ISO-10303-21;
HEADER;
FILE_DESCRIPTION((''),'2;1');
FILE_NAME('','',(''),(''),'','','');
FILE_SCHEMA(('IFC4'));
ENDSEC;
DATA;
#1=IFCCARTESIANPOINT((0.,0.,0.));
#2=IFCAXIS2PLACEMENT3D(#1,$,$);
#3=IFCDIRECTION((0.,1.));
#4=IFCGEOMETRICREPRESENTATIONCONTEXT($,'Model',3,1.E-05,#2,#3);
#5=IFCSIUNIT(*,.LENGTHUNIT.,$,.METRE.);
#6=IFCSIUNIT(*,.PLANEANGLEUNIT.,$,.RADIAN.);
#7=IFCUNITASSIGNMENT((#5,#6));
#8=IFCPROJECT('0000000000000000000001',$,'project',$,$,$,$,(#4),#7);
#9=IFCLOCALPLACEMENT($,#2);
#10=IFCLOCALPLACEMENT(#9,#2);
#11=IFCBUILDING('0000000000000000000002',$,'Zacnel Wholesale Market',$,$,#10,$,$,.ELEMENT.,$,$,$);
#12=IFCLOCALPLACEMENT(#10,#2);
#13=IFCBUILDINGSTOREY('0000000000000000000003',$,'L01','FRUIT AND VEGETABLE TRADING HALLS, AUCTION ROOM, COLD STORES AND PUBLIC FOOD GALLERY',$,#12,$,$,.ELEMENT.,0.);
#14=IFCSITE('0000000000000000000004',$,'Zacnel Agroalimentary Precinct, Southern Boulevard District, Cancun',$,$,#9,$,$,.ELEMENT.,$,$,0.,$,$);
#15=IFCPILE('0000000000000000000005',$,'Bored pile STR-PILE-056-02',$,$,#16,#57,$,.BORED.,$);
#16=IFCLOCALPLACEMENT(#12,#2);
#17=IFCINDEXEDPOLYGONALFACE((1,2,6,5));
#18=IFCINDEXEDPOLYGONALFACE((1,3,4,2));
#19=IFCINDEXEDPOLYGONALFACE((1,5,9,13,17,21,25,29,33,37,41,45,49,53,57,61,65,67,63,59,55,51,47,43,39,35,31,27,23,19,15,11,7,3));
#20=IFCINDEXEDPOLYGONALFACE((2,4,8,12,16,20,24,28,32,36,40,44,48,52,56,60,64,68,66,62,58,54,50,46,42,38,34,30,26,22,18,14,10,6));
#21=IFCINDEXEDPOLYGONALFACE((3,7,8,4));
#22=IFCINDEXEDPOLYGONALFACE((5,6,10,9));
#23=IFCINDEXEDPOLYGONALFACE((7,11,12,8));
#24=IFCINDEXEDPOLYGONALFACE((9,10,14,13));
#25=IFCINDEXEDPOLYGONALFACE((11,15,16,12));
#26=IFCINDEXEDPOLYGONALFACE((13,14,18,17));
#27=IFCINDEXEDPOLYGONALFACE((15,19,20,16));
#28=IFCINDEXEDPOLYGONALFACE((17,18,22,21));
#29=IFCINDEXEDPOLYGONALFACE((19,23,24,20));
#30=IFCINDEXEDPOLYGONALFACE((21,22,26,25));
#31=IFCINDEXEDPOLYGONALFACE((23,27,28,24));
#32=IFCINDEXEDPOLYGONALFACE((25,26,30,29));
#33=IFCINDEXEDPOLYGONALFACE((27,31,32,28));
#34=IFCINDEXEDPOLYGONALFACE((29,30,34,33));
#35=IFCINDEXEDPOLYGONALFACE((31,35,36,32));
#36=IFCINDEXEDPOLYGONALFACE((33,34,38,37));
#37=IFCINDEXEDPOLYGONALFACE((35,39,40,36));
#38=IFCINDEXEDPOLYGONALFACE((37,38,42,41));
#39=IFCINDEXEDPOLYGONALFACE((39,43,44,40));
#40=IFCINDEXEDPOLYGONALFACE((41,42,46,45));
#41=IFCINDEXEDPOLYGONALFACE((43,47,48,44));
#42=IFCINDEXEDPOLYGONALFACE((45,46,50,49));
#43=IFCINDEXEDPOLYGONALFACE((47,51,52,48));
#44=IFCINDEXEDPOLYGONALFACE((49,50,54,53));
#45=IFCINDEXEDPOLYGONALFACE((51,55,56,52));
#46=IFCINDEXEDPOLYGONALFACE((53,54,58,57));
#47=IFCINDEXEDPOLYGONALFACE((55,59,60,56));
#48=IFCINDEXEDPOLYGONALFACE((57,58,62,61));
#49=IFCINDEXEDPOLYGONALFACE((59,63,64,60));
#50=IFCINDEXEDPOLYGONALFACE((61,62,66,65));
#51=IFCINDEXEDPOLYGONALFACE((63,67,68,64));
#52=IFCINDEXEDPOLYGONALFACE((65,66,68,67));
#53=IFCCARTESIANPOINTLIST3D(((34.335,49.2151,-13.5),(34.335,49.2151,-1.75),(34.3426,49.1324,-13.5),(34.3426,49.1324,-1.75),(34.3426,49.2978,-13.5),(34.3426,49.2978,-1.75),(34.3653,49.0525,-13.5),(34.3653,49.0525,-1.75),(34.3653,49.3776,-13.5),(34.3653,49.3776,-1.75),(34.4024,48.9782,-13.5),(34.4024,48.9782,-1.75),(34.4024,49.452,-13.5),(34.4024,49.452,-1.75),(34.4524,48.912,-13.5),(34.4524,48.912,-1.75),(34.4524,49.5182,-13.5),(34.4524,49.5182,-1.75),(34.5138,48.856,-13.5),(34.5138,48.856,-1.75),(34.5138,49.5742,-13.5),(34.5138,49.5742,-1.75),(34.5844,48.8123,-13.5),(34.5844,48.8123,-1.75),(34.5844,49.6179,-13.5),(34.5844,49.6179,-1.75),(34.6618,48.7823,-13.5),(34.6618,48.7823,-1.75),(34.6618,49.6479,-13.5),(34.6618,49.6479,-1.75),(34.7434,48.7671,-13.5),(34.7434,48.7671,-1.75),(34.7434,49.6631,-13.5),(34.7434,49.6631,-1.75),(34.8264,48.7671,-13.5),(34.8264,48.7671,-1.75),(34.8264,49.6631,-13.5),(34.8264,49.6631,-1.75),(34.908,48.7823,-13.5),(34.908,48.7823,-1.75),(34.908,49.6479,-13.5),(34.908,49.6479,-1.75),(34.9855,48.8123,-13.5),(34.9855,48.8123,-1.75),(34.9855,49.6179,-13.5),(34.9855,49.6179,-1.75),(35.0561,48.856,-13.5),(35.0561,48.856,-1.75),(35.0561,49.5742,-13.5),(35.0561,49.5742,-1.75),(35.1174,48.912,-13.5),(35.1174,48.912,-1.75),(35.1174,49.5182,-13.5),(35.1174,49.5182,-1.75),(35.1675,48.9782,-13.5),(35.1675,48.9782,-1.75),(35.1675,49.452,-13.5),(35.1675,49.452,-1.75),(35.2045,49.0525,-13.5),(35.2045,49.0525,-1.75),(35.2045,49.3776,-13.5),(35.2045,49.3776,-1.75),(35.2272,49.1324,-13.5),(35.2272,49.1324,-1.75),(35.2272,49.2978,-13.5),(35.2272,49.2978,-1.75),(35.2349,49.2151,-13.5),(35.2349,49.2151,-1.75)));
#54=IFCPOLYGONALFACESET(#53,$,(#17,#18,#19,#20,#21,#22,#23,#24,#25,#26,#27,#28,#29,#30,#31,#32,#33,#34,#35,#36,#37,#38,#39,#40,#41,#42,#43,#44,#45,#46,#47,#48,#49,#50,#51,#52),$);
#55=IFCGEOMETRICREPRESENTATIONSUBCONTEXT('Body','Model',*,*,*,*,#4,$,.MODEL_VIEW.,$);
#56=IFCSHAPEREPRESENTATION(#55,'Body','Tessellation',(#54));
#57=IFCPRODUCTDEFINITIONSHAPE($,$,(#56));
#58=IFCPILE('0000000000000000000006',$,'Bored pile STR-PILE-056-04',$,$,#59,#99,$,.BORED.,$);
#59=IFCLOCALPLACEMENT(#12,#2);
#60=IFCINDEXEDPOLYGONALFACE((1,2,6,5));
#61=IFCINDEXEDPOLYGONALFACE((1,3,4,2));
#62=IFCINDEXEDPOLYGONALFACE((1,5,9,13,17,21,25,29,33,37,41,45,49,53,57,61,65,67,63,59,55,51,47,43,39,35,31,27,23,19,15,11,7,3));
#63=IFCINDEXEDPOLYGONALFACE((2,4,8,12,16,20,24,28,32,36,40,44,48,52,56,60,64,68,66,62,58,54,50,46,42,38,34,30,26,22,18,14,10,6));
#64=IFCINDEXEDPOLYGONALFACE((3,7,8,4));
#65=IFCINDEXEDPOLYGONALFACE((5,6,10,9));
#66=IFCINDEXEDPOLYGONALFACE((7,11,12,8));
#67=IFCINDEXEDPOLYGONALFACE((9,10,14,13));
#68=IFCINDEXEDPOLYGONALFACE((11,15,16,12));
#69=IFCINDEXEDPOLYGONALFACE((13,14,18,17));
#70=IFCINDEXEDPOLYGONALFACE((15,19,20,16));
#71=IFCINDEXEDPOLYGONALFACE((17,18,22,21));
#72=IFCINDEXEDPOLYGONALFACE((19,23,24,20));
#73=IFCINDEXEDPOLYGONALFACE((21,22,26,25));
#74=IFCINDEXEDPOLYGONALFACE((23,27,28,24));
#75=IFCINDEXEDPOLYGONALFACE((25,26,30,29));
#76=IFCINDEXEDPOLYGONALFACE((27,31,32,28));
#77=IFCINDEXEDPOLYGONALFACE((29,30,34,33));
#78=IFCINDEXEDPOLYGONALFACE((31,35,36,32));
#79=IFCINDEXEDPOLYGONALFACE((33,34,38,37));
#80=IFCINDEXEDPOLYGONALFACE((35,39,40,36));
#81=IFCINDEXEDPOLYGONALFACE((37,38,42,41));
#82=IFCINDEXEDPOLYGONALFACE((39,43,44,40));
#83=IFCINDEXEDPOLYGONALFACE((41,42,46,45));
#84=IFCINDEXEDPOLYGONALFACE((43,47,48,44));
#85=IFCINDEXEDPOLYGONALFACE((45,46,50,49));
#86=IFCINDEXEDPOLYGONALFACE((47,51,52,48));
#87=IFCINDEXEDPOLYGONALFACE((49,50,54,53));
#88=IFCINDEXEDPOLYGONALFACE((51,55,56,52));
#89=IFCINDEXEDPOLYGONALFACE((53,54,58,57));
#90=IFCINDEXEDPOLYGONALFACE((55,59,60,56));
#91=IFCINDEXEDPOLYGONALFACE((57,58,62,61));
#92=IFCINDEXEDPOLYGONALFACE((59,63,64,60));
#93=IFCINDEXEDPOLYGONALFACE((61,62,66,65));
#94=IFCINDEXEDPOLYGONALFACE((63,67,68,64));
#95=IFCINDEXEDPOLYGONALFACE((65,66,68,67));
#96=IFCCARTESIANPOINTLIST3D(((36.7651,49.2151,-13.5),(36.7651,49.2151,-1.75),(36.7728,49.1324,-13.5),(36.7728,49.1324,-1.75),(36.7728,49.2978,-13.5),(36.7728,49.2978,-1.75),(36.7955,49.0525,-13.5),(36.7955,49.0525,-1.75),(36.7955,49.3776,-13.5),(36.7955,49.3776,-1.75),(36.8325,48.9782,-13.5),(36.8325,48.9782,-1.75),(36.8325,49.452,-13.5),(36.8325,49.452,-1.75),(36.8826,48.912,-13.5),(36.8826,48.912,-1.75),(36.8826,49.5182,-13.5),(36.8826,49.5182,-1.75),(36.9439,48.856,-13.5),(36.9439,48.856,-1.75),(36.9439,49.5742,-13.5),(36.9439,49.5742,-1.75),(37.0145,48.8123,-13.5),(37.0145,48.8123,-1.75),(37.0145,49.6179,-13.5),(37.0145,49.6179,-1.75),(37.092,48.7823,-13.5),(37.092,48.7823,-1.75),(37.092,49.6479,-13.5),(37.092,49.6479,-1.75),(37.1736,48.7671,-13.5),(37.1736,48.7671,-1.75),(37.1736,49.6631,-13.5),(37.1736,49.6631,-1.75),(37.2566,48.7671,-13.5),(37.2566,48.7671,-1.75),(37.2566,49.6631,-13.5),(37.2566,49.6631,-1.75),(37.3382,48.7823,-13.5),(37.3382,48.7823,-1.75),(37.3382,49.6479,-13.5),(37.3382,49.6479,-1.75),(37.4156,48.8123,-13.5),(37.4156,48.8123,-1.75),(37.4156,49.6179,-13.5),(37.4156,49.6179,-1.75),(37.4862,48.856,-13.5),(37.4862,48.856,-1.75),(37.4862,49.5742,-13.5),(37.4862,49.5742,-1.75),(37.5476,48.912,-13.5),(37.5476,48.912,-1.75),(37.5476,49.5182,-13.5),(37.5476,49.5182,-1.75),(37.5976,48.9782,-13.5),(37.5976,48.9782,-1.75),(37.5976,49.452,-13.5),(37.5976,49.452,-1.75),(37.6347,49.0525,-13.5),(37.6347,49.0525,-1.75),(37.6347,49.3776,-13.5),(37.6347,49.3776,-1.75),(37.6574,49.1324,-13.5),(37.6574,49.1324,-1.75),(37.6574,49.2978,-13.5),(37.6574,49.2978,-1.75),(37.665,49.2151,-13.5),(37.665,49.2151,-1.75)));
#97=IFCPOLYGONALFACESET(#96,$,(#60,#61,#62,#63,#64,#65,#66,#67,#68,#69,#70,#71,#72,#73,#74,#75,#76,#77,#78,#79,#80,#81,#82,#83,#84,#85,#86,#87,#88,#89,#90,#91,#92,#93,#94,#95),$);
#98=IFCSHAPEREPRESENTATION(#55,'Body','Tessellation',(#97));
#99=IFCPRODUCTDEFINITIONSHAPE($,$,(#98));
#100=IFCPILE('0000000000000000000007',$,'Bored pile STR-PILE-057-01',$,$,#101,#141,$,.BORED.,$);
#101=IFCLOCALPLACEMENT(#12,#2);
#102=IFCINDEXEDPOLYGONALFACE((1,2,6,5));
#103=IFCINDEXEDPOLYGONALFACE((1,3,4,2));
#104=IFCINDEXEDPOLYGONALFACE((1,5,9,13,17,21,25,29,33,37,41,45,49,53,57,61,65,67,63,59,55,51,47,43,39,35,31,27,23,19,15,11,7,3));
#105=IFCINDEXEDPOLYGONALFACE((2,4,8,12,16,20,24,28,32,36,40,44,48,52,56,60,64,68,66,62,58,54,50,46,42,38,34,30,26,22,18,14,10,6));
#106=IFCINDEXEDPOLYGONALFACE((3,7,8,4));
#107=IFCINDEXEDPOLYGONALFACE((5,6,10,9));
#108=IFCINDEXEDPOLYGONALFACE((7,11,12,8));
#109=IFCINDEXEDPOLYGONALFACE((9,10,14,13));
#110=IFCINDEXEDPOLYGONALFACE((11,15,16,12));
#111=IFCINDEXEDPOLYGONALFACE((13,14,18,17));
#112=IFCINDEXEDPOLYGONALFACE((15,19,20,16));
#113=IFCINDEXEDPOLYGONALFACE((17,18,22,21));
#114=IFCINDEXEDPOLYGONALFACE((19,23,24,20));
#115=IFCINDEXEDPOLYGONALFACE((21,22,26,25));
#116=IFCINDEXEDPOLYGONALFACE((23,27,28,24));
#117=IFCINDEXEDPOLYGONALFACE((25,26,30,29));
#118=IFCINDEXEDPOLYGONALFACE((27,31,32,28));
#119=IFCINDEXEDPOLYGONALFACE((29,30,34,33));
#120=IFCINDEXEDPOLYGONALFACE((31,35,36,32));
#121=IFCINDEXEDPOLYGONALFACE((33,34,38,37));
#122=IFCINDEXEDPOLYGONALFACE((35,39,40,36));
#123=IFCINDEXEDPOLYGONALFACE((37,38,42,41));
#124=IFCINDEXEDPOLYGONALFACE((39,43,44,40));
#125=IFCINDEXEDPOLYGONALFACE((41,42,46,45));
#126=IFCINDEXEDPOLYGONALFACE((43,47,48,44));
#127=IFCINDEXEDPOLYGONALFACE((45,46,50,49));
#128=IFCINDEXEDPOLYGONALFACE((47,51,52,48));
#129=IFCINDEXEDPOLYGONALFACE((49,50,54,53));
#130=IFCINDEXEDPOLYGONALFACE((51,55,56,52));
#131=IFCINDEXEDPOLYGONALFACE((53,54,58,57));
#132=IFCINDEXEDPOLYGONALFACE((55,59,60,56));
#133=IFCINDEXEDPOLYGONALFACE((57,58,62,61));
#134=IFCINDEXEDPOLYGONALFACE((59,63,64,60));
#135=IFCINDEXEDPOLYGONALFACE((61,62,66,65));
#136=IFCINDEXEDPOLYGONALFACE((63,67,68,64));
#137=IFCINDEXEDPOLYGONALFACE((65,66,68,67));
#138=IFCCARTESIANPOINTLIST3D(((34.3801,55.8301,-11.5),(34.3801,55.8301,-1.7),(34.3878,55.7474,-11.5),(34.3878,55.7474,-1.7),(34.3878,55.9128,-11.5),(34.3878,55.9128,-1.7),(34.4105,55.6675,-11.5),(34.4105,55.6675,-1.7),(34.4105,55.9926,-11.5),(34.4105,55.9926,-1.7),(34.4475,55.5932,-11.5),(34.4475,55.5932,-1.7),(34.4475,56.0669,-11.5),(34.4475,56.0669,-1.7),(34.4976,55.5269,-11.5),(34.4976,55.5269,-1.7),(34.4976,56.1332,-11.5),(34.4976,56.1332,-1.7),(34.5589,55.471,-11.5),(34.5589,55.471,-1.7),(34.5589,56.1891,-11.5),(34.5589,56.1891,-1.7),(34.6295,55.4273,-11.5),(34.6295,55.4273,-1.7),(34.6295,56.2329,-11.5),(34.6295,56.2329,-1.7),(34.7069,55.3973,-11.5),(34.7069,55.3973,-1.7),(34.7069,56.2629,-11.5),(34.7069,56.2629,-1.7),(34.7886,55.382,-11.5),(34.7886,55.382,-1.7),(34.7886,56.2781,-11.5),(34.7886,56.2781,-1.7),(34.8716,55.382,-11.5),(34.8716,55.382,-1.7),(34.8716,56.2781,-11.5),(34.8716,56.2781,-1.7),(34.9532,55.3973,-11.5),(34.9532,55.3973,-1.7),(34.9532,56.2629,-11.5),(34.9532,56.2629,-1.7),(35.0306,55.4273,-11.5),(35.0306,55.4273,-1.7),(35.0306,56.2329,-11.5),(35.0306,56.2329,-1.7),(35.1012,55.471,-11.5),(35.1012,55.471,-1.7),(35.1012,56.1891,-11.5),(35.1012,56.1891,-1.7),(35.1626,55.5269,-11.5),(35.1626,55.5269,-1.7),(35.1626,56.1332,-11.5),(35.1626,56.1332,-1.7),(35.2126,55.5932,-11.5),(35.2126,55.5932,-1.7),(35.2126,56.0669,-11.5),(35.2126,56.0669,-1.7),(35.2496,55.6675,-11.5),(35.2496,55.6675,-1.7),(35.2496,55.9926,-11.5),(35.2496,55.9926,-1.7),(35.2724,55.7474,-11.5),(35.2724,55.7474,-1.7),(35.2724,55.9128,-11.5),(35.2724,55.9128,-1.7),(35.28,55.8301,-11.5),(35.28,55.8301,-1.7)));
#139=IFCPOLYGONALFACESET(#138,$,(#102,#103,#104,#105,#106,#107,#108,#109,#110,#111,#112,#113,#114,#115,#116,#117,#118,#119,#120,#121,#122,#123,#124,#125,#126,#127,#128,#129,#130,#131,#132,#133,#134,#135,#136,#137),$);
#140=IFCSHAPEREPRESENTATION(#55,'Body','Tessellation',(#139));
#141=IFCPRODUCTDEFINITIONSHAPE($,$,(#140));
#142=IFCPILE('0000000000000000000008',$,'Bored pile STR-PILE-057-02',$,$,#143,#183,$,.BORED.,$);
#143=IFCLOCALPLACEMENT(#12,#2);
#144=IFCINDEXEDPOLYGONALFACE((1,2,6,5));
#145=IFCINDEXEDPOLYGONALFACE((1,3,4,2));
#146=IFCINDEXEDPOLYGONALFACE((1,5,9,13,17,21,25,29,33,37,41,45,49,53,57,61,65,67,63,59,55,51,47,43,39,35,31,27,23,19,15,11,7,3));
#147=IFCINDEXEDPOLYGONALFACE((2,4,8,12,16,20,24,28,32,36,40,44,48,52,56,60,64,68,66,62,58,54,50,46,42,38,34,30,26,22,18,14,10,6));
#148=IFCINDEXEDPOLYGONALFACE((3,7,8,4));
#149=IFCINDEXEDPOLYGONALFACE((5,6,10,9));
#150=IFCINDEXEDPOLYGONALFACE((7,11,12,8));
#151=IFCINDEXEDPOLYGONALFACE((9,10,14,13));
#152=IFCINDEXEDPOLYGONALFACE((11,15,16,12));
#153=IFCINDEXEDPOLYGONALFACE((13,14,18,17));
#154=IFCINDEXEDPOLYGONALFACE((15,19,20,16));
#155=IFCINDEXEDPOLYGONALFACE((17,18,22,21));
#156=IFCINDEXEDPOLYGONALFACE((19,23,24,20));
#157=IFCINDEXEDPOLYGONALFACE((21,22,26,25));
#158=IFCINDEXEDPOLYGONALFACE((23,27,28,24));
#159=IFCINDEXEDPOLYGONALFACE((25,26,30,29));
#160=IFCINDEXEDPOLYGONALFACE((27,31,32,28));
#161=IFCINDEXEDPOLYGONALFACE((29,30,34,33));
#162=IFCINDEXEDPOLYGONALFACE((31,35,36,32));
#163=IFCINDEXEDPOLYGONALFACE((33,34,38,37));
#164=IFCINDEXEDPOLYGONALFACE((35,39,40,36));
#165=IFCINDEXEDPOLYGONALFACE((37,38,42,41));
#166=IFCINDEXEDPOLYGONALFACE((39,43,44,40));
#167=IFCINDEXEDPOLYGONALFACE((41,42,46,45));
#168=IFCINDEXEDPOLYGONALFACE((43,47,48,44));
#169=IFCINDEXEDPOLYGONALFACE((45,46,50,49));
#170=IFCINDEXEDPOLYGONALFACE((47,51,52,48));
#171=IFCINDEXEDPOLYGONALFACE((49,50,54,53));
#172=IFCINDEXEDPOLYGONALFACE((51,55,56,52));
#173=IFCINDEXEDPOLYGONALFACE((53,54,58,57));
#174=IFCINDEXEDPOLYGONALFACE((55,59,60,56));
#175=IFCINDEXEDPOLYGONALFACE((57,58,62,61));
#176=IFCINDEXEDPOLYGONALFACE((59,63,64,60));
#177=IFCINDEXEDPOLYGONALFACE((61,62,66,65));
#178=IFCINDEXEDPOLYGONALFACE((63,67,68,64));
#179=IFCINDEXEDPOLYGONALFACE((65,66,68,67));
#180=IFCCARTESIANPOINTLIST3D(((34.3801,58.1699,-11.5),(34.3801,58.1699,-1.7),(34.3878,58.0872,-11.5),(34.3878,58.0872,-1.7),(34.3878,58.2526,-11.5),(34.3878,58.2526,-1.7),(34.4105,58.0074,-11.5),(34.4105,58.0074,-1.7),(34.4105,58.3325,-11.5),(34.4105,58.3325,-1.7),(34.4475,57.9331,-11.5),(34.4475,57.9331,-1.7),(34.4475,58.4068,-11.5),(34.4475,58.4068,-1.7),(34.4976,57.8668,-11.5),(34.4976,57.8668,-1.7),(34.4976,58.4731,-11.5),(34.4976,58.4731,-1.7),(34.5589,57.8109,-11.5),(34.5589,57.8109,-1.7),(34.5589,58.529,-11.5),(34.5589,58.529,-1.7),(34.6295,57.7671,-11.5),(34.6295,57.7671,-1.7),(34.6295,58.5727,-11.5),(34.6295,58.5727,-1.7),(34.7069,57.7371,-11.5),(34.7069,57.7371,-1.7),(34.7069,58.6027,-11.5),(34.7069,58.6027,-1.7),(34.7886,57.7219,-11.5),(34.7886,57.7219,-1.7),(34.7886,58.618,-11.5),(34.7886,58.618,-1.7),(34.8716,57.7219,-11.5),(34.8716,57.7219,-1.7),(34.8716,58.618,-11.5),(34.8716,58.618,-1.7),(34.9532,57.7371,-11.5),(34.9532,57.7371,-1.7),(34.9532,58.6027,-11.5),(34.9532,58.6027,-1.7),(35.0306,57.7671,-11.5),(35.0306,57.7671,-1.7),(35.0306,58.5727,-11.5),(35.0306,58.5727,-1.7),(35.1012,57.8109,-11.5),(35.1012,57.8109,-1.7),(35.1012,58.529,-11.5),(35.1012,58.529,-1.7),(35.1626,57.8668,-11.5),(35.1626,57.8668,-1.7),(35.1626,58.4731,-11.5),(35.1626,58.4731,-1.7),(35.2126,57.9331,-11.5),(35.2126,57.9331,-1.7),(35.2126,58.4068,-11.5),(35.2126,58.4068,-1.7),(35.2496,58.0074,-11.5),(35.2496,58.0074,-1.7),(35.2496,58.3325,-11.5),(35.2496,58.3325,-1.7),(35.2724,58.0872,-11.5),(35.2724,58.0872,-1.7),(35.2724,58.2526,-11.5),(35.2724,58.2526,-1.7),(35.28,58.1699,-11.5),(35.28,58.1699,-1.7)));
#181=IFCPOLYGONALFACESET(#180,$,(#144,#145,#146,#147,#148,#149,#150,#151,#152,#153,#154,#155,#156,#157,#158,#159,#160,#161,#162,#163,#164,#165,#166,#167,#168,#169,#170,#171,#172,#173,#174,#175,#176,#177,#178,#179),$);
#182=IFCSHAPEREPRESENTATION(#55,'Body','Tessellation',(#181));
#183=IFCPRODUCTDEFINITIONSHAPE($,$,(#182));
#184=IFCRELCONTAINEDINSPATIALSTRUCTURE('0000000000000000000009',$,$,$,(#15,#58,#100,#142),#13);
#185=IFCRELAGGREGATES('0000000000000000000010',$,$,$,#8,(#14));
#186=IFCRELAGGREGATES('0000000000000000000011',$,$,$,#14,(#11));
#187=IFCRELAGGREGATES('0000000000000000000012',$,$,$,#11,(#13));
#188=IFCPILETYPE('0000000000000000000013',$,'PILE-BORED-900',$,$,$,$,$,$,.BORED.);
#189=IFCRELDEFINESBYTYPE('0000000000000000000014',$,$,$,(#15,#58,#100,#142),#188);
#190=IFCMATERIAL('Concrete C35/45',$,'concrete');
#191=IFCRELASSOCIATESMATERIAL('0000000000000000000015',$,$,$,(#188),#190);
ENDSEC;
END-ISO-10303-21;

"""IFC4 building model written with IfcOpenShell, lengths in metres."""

from ifc_helpers import new_model, si_unit, direction, frame, origin, origin_2d, place, context, subcontext, project, spatial, circle, extrude, material, material_profile, profile_set, type_object, element, save


model = new_model("IFC4")

# Units and contexts
model_context = context("Model", 3, precision=1e-05, world=origin(), true_north=direction((0.0, 1.0)))
body_context = subcontext(model_context, "Body", "Model", "MODEL_VIEW")
ifc_project = project(units=[si_unit("LENGTHUNIT", "METRE"), si_unit("PLANEANGLEUNIT", "RADIAN")], contexts=[model_context])

# Site, building, storey
site_placement = place(None, origin())
site = spatial("IfcSite", under=ifc_project, at=site_placement, Name="Zacnel Agroalimentary Precinct, Southern Boulevard District, Cancun", CompositionType="ELEMENT", RefElevation=0.0)
building_placement = place(site_placement, origin())
building = spatial("IfcBuilding", under=site, at=building_placement, Name="Zacnel Wholesale Market", CompositionType="ELEMENT")
storey_placement = place(building_placement, origin())
storey = spatial("IfcBuildingStorey", under=building, at=storey_placement, Name="L01", Description="FRUIT AND VEGETABLE TRADING HALLS, AUCTION ROOM, COLD STORES AND PUBLIC FOOD GALLERY", CompositionType="ELEMENT", Elevation=0.0)

# Piles
ifc_material_1 = material(Name="Concrete C35/45", Category="concrete")
ifc_material_profile_1 = material_profile(ifc_material_1, circle(Radius=0.45, at=origin_2d()), Name="BORED PILE D900")
ifc_profile_set_1 = profile_set([ifc_material_profile_1], Name="Concrete C35/45")
pile_type = type_object("IfcPileType", Name="PILE-BORED-900", PredefinedType="BORED", material=ifc_profile_set_1)
for number, where, z_axis, x_axis, name in (
    (1, (34.7849, 49.2151, -1.75), (0.0, 0.0, -1.0), (1.0, 0.0, 0.0), "Bored pile STR-PILE-056-02"),
    (2, (37.2151, 49.2151, -1.75), (0.0, 0.0, -1.0), (1.0, 0.0, 0.0), "Bored pile STR-PILE-056-04"),
):
    element("IfcPile", number, at=place(storey_placement, frame(where, z_axis=z_axis, x_axis=x_axis)), inside=storey, type_object=pile_type, Name=name, PredefinedType="BORED", context=body_context, shape_type="SweptSolid", body=[
        extrude(circle(Radius=0.45, at=origin_2d()), origin(), (0.0, 0.0, 1.0), 11.75),
    ])
for number, where, z_axis, x_axis, name in (
    (3, (34.8301, 55.8301, -1.7), (0.0, 0.0, -1.0), (1.0, 0.0, 0.0), "Bored pile STR-PILE-057-01"),
    (4, (34.8301, 58.1699, -1.7), (0.0, 0.0, -1.0), (1.0, 0.0, 0.0), "Bored pile STR-PILE-057-02"),
):
    element("IfcPile", number, at=place(storey_placement, frame(where, z_axis=z_axis, x_axis=x_axis)), inside=storey, type_object=pile_type, Name=name, PredefinedType="BORED", context=body_context, shape_type="SweptSolid", body=[
        extrude(circle(Radius=0.45, at=origin_2d()), origin(), (0.0, 0.0, 1.0), 9.8),
    ])

save(model, "model.ifc")
